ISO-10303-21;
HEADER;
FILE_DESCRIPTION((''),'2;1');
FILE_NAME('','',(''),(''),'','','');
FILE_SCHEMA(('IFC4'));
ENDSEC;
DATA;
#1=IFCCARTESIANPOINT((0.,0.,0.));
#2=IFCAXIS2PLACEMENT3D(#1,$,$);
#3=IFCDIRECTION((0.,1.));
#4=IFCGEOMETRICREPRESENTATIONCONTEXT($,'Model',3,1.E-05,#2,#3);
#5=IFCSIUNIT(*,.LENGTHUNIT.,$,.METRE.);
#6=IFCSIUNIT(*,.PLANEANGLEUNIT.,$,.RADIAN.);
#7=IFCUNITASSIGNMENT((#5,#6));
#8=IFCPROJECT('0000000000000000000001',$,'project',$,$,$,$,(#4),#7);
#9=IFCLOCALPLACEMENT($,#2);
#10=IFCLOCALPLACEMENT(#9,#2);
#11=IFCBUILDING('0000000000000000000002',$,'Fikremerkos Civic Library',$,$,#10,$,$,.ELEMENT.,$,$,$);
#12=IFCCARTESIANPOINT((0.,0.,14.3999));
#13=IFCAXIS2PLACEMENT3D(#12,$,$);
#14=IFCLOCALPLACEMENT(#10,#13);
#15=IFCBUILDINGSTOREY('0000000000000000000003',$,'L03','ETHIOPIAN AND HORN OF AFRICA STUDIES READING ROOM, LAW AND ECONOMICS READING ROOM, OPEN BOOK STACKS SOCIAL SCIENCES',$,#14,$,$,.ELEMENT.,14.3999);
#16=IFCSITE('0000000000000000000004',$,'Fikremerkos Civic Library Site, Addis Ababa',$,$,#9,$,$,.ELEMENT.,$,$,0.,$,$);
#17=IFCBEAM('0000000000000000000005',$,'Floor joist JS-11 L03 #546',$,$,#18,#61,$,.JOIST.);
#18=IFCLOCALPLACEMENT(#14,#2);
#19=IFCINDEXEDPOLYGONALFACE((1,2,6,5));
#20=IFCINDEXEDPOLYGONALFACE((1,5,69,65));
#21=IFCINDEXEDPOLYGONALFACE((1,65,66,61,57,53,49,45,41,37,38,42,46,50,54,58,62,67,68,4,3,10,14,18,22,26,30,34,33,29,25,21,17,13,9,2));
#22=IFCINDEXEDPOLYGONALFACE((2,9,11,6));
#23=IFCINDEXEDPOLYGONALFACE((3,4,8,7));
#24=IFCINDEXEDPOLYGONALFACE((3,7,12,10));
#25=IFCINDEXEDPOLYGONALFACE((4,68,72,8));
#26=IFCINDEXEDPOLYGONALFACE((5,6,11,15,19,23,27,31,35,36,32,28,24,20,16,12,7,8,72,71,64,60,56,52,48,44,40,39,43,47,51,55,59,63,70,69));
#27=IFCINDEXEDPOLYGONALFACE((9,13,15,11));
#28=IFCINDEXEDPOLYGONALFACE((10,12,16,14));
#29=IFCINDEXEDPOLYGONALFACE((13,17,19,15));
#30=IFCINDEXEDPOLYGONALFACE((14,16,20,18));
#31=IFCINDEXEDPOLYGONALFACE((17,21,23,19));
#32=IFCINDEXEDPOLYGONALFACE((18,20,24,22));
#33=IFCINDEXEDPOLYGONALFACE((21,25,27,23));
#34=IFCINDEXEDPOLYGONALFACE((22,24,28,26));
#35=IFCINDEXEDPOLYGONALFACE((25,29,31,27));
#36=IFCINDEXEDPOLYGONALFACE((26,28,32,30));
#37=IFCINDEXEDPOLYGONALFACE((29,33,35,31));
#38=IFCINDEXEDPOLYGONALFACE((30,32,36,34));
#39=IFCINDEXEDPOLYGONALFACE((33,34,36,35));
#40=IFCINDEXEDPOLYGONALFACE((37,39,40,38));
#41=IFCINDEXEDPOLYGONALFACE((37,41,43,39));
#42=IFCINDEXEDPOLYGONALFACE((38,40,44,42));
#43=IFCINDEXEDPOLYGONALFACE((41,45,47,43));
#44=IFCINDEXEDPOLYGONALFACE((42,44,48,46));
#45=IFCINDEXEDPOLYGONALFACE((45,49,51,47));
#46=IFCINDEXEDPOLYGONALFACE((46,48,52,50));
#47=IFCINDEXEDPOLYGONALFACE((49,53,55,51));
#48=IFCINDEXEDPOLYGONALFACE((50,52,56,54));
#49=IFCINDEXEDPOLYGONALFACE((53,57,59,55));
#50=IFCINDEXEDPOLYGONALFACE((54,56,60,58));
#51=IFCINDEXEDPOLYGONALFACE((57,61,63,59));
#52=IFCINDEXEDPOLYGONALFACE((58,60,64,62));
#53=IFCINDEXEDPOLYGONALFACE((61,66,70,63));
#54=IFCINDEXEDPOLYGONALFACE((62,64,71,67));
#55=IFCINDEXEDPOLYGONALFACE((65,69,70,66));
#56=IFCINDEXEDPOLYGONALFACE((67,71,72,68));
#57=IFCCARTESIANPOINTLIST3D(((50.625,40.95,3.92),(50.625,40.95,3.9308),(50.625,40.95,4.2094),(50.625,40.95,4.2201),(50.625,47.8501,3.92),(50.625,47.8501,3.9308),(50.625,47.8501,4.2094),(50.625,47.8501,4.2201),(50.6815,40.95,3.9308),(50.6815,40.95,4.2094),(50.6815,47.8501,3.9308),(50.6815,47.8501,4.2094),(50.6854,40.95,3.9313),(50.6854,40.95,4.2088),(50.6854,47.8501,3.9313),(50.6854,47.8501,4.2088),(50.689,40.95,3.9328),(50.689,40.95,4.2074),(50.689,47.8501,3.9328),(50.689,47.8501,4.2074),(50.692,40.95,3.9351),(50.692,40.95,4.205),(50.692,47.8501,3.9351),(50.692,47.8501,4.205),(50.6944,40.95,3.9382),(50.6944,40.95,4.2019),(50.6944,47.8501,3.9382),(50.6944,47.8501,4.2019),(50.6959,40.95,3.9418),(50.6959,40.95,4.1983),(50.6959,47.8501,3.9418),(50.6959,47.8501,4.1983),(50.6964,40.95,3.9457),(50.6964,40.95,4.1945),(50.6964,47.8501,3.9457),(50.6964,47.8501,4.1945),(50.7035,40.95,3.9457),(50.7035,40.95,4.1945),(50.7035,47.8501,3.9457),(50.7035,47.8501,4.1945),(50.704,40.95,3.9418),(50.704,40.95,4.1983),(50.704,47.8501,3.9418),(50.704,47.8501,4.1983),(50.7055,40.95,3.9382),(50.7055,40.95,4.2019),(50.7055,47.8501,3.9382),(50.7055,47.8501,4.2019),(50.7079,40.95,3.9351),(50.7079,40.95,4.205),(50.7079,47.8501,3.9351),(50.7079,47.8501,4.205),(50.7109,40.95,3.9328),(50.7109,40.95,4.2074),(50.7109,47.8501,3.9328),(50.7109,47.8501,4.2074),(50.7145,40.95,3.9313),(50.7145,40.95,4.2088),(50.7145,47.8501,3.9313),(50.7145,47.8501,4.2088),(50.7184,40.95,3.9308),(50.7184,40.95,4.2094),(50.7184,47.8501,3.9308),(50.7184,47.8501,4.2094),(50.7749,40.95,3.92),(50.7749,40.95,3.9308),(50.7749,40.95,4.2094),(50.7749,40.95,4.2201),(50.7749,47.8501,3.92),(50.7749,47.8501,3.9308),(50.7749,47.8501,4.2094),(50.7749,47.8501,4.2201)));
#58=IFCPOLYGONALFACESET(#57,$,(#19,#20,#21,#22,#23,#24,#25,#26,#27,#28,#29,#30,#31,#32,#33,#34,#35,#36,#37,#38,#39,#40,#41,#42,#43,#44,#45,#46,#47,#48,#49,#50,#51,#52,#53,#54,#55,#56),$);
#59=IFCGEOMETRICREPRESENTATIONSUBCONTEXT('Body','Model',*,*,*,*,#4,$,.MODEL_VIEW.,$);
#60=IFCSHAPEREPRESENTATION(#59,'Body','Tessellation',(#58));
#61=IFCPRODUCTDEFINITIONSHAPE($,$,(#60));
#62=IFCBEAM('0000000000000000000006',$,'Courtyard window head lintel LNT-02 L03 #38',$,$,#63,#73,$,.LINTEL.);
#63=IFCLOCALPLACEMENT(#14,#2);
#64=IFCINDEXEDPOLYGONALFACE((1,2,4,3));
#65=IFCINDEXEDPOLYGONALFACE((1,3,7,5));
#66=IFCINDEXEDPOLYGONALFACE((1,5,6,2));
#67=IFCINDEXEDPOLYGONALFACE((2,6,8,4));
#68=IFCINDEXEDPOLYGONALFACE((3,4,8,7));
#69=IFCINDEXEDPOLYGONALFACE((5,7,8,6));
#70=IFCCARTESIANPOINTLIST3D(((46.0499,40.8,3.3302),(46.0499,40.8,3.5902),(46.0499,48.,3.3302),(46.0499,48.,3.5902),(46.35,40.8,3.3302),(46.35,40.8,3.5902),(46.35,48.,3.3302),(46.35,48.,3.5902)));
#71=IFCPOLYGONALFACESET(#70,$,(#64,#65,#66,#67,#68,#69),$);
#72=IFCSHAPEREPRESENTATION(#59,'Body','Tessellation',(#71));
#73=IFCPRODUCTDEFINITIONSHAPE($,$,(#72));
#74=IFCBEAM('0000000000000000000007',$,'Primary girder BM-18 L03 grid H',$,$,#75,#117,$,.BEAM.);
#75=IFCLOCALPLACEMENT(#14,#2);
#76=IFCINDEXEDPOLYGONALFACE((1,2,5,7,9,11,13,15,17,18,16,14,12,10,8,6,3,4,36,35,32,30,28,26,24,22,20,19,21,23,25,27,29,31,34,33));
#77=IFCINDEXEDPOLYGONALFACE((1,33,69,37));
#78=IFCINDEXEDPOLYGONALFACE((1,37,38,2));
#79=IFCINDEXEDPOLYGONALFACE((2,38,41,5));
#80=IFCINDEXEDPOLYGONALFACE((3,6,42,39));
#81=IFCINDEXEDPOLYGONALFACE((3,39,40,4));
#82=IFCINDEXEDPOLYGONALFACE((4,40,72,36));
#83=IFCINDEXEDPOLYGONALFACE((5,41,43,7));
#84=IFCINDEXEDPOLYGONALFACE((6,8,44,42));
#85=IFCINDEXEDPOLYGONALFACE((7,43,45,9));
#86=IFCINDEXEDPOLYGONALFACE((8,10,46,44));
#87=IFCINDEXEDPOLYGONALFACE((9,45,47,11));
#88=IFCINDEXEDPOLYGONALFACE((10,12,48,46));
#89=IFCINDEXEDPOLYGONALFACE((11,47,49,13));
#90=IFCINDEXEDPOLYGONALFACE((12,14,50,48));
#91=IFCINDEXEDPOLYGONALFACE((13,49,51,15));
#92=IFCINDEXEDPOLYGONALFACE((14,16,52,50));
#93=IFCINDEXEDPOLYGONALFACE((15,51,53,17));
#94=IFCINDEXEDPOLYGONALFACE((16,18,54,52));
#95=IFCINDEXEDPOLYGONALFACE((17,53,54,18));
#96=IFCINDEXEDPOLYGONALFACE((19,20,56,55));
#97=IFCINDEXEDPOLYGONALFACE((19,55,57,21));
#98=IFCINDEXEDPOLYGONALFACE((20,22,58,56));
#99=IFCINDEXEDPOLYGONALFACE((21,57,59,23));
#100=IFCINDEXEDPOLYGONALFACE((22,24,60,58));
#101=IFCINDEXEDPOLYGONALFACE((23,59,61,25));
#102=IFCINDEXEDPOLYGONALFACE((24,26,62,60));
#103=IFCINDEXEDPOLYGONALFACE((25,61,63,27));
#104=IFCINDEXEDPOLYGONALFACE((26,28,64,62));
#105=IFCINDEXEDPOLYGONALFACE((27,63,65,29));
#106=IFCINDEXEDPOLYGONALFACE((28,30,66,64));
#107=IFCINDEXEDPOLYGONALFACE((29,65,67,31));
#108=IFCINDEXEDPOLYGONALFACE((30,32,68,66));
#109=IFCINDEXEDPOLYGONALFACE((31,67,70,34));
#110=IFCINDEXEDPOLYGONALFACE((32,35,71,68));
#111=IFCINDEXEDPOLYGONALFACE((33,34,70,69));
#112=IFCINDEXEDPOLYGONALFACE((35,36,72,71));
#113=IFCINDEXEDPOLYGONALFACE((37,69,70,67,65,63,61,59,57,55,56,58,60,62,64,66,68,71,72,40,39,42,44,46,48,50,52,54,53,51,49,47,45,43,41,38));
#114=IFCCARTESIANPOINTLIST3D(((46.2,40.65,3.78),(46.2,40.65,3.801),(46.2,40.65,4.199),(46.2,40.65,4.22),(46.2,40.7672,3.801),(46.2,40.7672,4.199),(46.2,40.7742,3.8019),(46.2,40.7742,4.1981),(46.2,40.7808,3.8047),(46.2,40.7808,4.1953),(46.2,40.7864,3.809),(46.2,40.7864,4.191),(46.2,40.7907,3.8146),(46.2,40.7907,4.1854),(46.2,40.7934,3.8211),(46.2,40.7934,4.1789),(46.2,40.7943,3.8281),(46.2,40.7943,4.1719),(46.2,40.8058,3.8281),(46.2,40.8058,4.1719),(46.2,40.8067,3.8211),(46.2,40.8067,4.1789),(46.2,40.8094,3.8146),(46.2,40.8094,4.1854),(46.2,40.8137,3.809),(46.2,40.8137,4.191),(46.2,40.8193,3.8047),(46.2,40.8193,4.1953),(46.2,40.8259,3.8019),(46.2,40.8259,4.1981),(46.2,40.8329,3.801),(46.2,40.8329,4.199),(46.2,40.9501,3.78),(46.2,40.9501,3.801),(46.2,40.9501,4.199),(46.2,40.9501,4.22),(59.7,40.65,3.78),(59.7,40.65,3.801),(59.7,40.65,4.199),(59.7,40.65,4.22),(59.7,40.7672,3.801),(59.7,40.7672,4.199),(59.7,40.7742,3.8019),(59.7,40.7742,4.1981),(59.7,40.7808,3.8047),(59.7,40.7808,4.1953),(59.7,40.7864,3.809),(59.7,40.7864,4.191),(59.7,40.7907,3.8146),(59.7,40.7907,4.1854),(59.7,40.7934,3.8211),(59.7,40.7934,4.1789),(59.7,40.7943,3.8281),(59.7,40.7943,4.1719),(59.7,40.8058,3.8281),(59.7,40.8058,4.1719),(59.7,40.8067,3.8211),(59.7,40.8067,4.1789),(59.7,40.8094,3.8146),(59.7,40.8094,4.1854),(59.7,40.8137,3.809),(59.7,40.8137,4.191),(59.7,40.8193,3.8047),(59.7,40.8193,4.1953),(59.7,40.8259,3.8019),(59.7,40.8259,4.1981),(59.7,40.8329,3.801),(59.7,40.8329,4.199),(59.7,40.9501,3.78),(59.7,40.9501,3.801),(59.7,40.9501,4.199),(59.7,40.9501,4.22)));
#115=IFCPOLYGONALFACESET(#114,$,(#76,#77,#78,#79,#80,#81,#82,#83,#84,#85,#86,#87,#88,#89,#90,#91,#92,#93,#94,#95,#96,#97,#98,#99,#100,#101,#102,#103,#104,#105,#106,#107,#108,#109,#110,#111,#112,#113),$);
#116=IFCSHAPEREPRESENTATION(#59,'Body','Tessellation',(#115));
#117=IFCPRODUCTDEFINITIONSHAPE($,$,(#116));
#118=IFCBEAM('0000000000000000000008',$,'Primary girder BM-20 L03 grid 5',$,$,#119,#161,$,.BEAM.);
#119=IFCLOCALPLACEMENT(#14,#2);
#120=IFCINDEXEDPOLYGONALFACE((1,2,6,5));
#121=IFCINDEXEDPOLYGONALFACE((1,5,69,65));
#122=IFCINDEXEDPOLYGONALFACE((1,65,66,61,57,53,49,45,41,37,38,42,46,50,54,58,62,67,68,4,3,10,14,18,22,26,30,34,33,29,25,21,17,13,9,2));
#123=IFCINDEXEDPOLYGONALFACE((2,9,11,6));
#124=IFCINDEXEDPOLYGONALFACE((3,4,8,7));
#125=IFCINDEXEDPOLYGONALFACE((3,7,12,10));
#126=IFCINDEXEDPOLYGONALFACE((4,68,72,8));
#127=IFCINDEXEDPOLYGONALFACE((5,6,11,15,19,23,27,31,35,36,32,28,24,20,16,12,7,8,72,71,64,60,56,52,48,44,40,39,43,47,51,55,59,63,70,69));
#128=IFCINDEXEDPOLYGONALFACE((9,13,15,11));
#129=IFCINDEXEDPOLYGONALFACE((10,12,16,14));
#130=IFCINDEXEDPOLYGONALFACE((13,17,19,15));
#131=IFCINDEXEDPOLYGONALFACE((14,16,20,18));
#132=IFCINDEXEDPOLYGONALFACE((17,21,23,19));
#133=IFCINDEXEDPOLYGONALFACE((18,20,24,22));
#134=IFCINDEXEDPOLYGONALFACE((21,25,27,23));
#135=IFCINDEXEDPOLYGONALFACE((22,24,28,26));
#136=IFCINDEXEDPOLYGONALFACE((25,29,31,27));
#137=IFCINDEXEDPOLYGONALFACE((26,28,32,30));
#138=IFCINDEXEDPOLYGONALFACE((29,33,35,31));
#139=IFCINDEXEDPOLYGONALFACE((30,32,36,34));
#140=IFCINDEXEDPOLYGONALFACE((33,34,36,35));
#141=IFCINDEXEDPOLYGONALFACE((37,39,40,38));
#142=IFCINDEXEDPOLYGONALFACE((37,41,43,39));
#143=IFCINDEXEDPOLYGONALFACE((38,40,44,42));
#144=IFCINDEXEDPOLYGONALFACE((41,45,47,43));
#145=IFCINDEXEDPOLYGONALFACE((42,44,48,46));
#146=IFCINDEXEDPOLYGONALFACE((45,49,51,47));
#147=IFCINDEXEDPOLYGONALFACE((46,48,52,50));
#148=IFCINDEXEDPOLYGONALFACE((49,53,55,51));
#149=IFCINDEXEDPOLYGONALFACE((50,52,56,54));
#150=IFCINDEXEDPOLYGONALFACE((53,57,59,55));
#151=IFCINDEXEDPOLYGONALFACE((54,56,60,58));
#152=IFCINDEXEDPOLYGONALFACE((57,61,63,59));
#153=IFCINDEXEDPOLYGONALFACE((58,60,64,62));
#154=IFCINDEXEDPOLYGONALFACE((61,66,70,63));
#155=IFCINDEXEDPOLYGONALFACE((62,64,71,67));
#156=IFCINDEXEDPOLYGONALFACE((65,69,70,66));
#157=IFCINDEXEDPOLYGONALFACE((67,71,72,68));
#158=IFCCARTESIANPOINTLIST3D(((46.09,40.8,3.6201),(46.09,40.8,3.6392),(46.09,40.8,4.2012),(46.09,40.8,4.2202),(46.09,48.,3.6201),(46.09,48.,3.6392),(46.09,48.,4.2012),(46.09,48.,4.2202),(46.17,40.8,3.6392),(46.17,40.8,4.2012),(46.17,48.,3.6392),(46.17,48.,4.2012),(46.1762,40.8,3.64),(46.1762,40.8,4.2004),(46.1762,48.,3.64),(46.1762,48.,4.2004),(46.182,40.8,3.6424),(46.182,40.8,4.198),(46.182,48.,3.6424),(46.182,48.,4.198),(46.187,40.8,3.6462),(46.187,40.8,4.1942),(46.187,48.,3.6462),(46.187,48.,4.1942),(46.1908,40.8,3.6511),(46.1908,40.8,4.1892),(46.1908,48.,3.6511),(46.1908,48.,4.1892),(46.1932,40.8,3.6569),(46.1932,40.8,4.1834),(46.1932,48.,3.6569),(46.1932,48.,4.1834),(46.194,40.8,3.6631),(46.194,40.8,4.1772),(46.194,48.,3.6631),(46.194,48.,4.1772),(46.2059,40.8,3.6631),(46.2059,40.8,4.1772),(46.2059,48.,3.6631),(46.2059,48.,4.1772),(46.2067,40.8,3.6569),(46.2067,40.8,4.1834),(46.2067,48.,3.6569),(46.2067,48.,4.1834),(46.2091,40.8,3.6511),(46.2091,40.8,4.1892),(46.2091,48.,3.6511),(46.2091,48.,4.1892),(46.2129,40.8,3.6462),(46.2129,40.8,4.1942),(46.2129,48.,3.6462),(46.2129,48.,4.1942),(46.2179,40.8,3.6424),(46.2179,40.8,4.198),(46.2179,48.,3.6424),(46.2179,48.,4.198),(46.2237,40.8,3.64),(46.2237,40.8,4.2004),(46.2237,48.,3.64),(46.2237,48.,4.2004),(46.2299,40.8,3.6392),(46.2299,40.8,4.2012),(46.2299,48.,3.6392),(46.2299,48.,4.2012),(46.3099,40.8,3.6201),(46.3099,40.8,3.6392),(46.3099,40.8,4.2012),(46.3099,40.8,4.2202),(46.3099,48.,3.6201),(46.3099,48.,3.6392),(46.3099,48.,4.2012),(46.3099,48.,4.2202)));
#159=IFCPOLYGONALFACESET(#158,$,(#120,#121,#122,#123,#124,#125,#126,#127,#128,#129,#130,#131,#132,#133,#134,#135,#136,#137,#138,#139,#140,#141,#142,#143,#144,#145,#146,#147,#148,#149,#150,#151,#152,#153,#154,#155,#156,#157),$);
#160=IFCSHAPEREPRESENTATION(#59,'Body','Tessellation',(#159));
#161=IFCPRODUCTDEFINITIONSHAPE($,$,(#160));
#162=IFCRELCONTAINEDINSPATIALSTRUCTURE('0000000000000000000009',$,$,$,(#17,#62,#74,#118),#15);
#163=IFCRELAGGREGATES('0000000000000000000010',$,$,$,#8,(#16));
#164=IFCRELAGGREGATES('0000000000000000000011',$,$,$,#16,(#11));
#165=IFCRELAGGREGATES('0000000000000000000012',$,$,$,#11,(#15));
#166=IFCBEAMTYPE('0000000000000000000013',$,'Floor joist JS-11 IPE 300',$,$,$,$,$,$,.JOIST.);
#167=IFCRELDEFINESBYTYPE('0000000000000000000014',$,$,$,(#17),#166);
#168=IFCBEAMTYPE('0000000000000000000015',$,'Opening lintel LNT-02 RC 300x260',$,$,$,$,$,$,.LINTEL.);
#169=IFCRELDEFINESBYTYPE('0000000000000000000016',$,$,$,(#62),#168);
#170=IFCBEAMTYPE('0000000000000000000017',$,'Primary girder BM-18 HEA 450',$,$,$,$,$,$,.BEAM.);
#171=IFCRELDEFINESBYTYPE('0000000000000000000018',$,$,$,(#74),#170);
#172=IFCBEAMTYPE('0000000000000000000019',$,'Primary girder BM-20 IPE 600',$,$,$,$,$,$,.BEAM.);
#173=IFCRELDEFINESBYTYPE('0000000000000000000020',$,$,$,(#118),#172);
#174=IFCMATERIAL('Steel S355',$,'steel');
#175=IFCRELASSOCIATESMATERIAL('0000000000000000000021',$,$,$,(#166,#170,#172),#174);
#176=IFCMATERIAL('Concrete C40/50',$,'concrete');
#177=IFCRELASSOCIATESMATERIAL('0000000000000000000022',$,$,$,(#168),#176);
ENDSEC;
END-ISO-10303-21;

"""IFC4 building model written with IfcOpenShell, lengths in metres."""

from ifc_helpers import new_model, si_unit, direction, frame, origin, origin_2d, place, context, subcontext, project, spatial, rectangle, i_section, extrude, material, material_profile, profile_set, type_object, element, save


model = new_model("IFC4")

# Units and contexts
model_context = context("Model", 3, precision=1e-05, world=origin(), true_north=direction((0.0, 1.0)))
body_context = subcontext(model_context, "Body", "Model", "MODEL_VIEW")
ifc_project = project(units=[si_unit("LENGTHUNIT", "METRE"), si_unit("PLANEANGLEUNIT", "RADIAN")], contexts=[model_context])

# Site, building, storey
site_placement = place(None, origin())
site = spatial("IfcSite", under=ifc_project, at=site_placement, Name="Fikremerkos Civic Library Site, Addis Ababa", CompositionType="ELEMENT", RefElevation=0.0)
building_placement = place(site_placement, origin())
building = spatial("IfcBuilding", under=site, at=building_placement, Name="Fikremerkos Civic Library", CompositionType="ELEMENT")
storey_placement = place(building_placement, frame((0.0, 0.0, 14.3999)))
storey = spatial("IfcBuildingStorey", under=building, at=storey_placement, Name="L03", Description="ETHIOPIAN AND HORN OF AFRICA STUDIES READING ROOM, LAW AND ECONOMICS READING ROOM, OPEN BOOK STACKS SOCIAL SCIENCES", CompositionType="ELEMENT", Elevation=14.3999)

# Shared definitions
ifc_material_1 = material(Name="Concrete C40/50", Category="concrete")
ifc_material_2 = material(Name="Steel S355", Category="steel")

# Beams
ifc_material_profile_1 = material_profile(ifc_material_2, i_section(OverallWidth=0.1499, OverallDepth=0.3, WebThickness=0.0071, FlangeThickness=0.0107, FilletRadius=0.0149, at=origin_2d()), Name="IPE 300")
ifc_profile_set_1 = profile_set([ifc_material_profile_1], Name="Steel S355")
beam_type_1 = type_object("IfcBeamType", Name="Floor joist JS-11 IPE 300", PredefinedType="JOIST", material=ifc_profile_set_1)
beam_1_placement = place(storey_placement, frame((50.7, 40.95, 4.0701), z_axis=(0.0, 1.0, 0.0), x_axis=(-1.0, 0.0, 0.0)))
element("IfcBeam", 1, at=beam_1_placement, inside=storey, type_object=beam_type_1, Name="Floor joist JS-11 L03 #546", PredefinedType="JOIST", context=body_context, shape_type="SweptSolid", body=[
    extrude(i_section(OverallWidth=0.1499, OverallDepth=0.3, WebThickness=0.0071, FlangeThickness=0.0107, FilletRadius=0.0149, at=origin_2d()), origin(), (0.0, 0.0, 1.0), 6.9001),
])
ifc_material_profile_2 = material_profile(ifc_material_1, rectangle(XDim=0.3, YDim=0.26, at=origin_2d()), Name="RC 300x260")
ifc_profile_set_2 = profile_set([ifc_material_profile_2], Name="Concrete C40/50")
beam_type_2 = type_object("IfcBeamType", Name="Opening lintel LNT-02 RC 300x260", PredefinedType="LINTEL", material=ifc_profile_set_2)
beam_2_placement = place(storey_placement, frame((46.2, 40.8, 3.4602), z_axis=(0.0, 1.0, 0.0), x_axis=(-1.0, 0.0, 0.0)))
element("IfcBeam", 2, at=beam_2_placement, inside=storey, type_object=beam_type_2, Name="Courtyard window head lintel LNT-02 L03 #38", PredefinedType="LINTEL", context=body_context, shape_type="SweptSolid", body=[
    extrude(rectangle(XDim=0.3, YDim=0.26, at=origin_2d()), origin(), (0.0, 0.0, 1.0), 7.2),
])
ifc_material_profile_3 = material_profile(ifc_material_2, i_section(OverallWidth=0.3, OverallDepth=0.4399, WebThickness=0.0115, FlangeThickness=0.021, FilletRadius=0.0271, at=origin_2d()), Name="HEA 450")
ifc_profile_set_3 = profile_set([ifc_material_profile_3], Name="Steel S355")
beam_type_3 = type_object("IfcBeamType", Name="Primary girder BM-18 HEA 450", PredefinedType="BEAM", material=ifc_profile_set_3)
beam_3_placement = place(storey_placement, frame((46.2, 40.8, 4.0), z_axis=(1.0, 0.0, 0.0), x_axis=(0.0, 1.0, 0.0)))
element("IfcBeam", 3, at=beam_3_placement, inside=storey, type_object=beam_type_3, Name="Primary girder BM-18 L03 grid H", PredefinedType="BEAM", context=body_context, shape_type="SweptSolid", body=[
    extrude(i_section(OverallWidth=0.3, OverallDepth=0.4399, WebThickness=0.0115, FlangeThickness=0.021, FilletRadius=0.0271, at=origin_2d()), origin(), (0.0, 0.0, 1.0), 13.5),
])
ifc_material_profile_4 = material_profile(ifc_material_2, i_section(OverallWidth=0.22, OverallDepth=0.6001, WebThickness=0.012, FlangeThickness=0.019, FilletRadius=0.0239, at=origin_2d()), Name="IPE 600")
ifc_profile_set_4 = profile_set([ifc_material_profile_4], Name="Steel S355")
beam_type_4 = type_object("IfcBeamType", Name="Primary girder BM-20 IPE 600", PredefinedType="BEAM", material=ifc_profile_set_4)
beam_4_placement = place(storey_placement, frame((46.2, 40.8, 3.9202), z_axis=(0.0, 1.0, 0.0), x_axis=(-1.0, 0.0, 0.0)))
element("IfcBeam", 4, at=beam_4_placement, inside=storey, type_object=beam_type_4, Name="Primary girder BM-20 L03 grid 5", PredefinedType="BEAM", context=body_context, shape_type="SweptSolid", body=[
    extrude(i_section(OverallWidth=0.22, OverallDepth=0.6001, WebThickness=0.012, FlangeThickness=0.019, FilletRadius=0.0239, at=origin_2d()), origin(), (0.0, 0.0, 1.0), 7.2),
])

save(model, "model.ifc")
